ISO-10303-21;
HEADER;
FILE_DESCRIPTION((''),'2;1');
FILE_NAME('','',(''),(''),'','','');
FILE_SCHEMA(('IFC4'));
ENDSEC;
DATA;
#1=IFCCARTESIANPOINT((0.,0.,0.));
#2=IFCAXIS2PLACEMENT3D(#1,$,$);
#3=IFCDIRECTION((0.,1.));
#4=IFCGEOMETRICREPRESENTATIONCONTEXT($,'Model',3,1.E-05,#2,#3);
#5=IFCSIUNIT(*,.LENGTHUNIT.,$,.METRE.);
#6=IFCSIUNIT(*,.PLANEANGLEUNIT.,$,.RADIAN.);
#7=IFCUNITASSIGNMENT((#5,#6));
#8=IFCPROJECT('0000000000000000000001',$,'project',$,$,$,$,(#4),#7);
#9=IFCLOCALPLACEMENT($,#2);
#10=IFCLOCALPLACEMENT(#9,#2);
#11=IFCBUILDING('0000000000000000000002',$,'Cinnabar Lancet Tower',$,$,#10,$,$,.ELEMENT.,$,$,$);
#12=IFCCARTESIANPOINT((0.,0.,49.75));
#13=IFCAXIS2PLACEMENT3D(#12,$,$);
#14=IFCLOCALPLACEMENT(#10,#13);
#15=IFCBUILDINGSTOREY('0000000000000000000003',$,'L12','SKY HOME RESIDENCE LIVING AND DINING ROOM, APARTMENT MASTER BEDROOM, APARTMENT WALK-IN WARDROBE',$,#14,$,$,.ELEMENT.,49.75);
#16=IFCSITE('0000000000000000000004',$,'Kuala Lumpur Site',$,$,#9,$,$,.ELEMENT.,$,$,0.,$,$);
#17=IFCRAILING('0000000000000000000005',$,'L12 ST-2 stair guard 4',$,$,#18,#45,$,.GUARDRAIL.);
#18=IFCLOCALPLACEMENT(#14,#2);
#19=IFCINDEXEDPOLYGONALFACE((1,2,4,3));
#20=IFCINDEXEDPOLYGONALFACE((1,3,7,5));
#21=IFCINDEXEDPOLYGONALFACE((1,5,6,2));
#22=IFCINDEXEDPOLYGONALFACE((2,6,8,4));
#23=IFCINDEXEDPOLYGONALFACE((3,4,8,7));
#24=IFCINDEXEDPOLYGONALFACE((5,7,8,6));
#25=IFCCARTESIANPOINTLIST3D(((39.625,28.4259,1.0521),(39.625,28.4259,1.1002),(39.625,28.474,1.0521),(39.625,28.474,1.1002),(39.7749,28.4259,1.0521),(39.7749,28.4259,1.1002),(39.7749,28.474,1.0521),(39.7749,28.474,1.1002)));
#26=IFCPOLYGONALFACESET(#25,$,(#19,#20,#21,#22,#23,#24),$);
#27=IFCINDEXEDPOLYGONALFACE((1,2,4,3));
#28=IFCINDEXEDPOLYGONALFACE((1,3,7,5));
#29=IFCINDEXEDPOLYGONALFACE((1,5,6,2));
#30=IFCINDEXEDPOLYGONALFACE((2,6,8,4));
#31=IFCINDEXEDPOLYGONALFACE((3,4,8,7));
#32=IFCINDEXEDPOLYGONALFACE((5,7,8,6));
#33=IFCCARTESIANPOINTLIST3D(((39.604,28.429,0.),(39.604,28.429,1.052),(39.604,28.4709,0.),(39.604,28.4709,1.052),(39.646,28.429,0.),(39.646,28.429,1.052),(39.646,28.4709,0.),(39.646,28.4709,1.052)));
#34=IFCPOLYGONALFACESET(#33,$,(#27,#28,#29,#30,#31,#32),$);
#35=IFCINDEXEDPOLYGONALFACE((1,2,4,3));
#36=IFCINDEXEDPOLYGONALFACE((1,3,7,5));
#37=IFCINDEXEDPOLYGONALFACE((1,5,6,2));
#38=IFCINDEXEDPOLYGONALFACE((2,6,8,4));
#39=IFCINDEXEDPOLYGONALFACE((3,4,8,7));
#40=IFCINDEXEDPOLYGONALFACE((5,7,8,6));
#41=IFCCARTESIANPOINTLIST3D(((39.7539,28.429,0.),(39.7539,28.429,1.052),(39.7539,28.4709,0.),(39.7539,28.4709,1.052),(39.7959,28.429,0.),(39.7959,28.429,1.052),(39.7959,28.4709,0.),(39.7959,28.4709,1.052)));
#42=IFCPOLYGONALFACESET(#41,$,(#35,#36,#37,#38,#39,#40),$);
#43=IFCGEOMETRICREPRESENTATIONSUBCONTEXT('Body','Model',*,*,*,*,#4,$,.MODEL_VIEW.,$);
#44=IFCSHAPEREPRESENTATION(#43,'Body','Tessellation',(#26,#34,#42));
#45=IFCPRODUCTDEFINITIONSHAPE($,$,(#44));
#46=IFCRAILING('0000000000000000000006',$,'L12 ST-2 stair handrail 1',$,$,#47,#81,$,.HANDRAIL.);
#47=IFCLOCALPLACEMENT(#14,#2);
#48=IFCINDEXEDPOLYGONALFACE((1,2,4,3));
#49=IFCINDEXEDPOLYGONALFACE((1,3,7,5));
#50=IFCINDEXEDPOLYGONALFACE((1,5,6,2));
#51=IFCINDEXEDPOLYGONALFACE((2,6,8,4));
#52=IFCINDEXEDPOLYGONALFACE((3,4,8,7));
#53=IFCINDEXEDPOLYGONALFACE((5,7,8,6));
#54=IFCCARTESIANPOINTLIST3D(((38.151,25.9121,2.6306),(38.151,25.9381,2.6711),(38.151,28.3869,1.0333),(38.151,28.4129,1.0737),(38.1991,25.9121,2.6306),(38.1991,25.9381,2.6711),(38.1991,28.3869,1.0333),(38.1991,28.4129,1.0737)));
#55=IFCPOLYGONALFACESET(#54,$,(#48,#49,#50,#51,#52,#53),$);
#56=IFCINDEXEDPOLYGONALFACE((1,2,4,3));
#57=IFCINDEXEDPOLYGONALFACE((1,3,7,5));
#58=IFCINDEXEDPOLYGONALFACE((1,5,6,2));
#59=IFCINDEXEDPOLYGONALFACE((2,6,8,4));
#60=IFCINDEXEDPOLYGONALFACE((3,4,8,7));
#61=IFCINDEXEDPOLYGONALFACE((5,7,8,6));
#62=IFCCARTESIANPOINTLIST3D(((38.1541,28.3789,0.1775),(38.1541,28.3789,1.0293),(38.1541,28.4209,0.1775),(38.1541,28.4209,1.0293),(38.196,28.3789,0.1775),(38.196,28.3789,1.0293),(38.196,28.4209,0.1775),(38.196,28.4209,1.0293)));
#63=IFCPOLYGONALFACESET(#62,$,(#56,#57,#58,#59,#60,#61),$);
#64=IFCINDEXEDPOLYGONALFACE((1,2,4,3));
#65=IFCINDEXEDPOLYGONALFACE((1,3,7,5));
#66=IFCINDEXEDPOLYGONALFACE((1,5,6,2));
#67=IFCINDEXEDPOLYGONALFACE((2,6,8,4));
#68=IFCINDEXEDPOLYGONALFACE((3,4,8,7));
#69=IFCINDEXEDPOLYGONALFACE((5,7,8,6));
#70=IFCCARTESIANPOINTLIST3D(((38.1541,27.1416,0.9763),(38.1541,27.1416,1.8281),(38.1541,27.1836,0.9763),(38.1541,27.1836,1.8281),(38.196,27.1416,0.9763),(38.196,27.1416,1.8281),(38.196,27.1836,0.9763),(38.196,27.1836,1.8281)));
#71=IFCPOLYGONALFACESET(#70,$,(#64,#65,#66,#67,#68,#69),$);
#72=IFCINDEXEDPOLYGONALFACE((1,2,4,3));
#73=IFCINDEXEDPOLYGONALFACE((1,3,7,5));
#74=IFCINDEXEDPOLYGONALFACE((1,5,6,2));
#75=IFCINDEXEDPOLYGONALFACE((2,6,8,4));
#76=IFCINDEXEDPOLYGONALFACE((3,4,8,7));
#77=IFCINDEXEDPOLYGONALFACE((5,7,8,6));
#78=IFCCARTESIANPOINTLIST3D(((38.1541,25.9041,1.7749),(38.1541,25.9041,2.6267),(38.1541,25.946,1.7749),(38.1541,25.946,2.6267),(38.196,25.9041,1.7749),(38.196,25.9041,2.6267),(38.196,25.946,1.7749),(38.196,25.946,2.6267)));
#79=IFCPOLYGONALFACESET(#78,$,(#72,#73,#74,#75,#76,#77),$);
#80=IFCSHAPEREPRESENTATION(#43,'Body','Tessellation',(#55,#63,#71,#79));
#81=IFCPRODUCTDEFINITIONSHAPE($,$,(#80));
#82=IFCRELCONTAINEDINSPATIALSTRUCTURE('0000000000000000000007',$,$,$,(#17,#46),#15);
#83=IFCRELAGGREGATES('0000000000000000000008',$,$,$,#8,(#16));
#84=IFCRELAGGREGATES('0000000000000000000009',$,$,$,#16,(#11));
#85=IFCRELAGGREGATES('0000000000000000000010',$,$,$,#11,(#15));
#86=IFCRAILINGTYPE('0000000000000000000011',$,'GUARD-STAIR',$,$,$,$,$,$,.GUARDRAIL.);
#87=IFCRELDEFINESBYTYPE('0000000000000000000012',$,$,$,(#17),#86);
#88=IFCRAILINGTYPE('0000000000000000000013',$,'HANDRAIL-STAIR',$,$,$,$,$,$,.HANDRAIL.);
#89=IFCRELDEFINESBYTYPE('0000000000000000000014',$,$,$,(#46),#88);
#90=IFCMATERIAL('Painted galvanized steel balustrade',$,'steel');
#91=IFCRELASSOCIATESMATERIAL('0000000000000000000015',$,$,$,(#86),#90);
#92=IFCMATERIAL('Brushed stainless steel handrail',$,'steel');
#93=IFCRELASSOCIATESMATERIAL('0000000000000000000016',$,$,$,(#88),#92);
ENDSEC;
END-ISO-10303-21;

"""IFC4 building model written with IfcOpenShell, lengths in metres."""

from ifc_helpers import new_model, si_unit, direction, frame, origin, origin_2d, place, context, subcontext, project, spatial, rectangle, extrude, material, type_object, element, save


model = new_model("IFC4")

# Units and contexts
model_context = context("Model", 3, precision=1e-05, world=origin(), true_north=direction((0.0, 1.0)))
body_context = subcontext(model_context, "Body", "Model", "MODEL_VIEW")
ifc_project = project(units=[si_unit("LENGTHUNIT", "METRE"), si_unit("PLANEANGLEUNIT", "RADIAN")], contexts=[model_context])

# Site, building, storey
site_placement = place(None, origin())
site = spatial("IfcSite", under=ifc_project, at=site_placement, Name="Kuala Lumpur Site", CompositionType="ELEMENT", RefElevation=0.0)
building_placement = place(site_placement, origin())
building = spatial("IfcBuilding", under=site, at=building_placement, Name="Cinnabar Lancet Tower", CompositionType="ELEMENT")
storey_placement = place(building_placement, frame((0.0, 0.0, 49.75)))
storey = spatial("IfcBuildingStorey", under=building, at=storey_placement, Name="L12", Description="SKY HOME RESIDENCE LIVING AND DINING ROOM, APARTMENT MASTER BEDROOM, APARTMENT WALK-IN WARDROBE", CompositionType="ELEMENT", Elevation=49.75)

# Railings
ifc_material_1 = material(Name="Painted galvanized steel balustrade", Category="steel")
railing_type_1 = type_object("IfcRailingType", Name="GUARD-STAIR", PredefinedType="GUARDRAIL", material=ifc_material_1)
railing_1_placement = place(storey_placement, frame((39.625, 28.45, 0.0)))
element("IfcRailing", 1, at=railing_1_placement, inside=storey, type_object=railing_type_1, Name="L12 ST-2 stair guard 4", PredefinedType="GUARDRAIL", context=body_context, shape_type="SweptSolid", body=[
    extrude(rectangle(XDim=0.0481, YDim=0.0481, at=origin_2d()), frame((0.0, 0.0, 1.0762), z_axis=(1.0, 0.0, 0.0), x_axis=(0.0, 1.0, 0.0)), (0.0, 0.0, 1.0), 0.1499),
    extrude(rectangle(XDim=0.042, YDim=0.042, at=origin_2d()), origin(), (0.0, 0.0, 1.0), 1.052),
    extrude(rectangle(XDim=0.042, YDim=0.042, at=origin_2d()), frame((0.1499, 0.0, 0.0)), (0.0, 0.0, 1.0), 1.052),
])
ifc_material_2 = material(Name="Brushed stainless steel handrail", Category="steel")
railing_type_2 = type_object("IfcRailingType", Name="HANDRAIL-STAIR", PredefinedType="HANDRAIL", material=ifc_material_2)
railing_2_placement = place(storey_placement, frame((38.175, 28.3999, 0.1775)))
element("IfcRailing", 2, at=railing_2_placement, inside=storey, type_object=railing_type_2, Name="L12 ST-2 stair handrail 1", PredefinedType="HANDRAIL", context=body_context, shape_type="SweptSolid", body=[
    extrude(rectangle(XDim=0.0481, YDim=0.0481, at=origin_2d()), frame((0.0, 0.0, 0.876), z_axis=(0.0, -0.840183, 0.542302), x_axis=(1.0, 0.0, 0.0)), (0.0, 0.0, 1.0), 2.9456),
    extrude(rectangle(XDim=0.042, YDim=0.042, at=origin_2d()), origin(), (0.0, 0.0, 1.0), 0.8518),
    extrude(rectangle(XDim=0.042, YDim=0.042, at=origin_2d()), frame((0.0, -1.2373, 0.7988)), (0.0, 0.0, 1.0), 0.8518),
    extrude(rectangle(XDim=0.042, YDim=0.042, at=origin_2d()), frame((0.0, -2.4749, 1.5974)), (0.0, 0.0, 1.0), 0.8518),
])

save(model, "model.ifc")
